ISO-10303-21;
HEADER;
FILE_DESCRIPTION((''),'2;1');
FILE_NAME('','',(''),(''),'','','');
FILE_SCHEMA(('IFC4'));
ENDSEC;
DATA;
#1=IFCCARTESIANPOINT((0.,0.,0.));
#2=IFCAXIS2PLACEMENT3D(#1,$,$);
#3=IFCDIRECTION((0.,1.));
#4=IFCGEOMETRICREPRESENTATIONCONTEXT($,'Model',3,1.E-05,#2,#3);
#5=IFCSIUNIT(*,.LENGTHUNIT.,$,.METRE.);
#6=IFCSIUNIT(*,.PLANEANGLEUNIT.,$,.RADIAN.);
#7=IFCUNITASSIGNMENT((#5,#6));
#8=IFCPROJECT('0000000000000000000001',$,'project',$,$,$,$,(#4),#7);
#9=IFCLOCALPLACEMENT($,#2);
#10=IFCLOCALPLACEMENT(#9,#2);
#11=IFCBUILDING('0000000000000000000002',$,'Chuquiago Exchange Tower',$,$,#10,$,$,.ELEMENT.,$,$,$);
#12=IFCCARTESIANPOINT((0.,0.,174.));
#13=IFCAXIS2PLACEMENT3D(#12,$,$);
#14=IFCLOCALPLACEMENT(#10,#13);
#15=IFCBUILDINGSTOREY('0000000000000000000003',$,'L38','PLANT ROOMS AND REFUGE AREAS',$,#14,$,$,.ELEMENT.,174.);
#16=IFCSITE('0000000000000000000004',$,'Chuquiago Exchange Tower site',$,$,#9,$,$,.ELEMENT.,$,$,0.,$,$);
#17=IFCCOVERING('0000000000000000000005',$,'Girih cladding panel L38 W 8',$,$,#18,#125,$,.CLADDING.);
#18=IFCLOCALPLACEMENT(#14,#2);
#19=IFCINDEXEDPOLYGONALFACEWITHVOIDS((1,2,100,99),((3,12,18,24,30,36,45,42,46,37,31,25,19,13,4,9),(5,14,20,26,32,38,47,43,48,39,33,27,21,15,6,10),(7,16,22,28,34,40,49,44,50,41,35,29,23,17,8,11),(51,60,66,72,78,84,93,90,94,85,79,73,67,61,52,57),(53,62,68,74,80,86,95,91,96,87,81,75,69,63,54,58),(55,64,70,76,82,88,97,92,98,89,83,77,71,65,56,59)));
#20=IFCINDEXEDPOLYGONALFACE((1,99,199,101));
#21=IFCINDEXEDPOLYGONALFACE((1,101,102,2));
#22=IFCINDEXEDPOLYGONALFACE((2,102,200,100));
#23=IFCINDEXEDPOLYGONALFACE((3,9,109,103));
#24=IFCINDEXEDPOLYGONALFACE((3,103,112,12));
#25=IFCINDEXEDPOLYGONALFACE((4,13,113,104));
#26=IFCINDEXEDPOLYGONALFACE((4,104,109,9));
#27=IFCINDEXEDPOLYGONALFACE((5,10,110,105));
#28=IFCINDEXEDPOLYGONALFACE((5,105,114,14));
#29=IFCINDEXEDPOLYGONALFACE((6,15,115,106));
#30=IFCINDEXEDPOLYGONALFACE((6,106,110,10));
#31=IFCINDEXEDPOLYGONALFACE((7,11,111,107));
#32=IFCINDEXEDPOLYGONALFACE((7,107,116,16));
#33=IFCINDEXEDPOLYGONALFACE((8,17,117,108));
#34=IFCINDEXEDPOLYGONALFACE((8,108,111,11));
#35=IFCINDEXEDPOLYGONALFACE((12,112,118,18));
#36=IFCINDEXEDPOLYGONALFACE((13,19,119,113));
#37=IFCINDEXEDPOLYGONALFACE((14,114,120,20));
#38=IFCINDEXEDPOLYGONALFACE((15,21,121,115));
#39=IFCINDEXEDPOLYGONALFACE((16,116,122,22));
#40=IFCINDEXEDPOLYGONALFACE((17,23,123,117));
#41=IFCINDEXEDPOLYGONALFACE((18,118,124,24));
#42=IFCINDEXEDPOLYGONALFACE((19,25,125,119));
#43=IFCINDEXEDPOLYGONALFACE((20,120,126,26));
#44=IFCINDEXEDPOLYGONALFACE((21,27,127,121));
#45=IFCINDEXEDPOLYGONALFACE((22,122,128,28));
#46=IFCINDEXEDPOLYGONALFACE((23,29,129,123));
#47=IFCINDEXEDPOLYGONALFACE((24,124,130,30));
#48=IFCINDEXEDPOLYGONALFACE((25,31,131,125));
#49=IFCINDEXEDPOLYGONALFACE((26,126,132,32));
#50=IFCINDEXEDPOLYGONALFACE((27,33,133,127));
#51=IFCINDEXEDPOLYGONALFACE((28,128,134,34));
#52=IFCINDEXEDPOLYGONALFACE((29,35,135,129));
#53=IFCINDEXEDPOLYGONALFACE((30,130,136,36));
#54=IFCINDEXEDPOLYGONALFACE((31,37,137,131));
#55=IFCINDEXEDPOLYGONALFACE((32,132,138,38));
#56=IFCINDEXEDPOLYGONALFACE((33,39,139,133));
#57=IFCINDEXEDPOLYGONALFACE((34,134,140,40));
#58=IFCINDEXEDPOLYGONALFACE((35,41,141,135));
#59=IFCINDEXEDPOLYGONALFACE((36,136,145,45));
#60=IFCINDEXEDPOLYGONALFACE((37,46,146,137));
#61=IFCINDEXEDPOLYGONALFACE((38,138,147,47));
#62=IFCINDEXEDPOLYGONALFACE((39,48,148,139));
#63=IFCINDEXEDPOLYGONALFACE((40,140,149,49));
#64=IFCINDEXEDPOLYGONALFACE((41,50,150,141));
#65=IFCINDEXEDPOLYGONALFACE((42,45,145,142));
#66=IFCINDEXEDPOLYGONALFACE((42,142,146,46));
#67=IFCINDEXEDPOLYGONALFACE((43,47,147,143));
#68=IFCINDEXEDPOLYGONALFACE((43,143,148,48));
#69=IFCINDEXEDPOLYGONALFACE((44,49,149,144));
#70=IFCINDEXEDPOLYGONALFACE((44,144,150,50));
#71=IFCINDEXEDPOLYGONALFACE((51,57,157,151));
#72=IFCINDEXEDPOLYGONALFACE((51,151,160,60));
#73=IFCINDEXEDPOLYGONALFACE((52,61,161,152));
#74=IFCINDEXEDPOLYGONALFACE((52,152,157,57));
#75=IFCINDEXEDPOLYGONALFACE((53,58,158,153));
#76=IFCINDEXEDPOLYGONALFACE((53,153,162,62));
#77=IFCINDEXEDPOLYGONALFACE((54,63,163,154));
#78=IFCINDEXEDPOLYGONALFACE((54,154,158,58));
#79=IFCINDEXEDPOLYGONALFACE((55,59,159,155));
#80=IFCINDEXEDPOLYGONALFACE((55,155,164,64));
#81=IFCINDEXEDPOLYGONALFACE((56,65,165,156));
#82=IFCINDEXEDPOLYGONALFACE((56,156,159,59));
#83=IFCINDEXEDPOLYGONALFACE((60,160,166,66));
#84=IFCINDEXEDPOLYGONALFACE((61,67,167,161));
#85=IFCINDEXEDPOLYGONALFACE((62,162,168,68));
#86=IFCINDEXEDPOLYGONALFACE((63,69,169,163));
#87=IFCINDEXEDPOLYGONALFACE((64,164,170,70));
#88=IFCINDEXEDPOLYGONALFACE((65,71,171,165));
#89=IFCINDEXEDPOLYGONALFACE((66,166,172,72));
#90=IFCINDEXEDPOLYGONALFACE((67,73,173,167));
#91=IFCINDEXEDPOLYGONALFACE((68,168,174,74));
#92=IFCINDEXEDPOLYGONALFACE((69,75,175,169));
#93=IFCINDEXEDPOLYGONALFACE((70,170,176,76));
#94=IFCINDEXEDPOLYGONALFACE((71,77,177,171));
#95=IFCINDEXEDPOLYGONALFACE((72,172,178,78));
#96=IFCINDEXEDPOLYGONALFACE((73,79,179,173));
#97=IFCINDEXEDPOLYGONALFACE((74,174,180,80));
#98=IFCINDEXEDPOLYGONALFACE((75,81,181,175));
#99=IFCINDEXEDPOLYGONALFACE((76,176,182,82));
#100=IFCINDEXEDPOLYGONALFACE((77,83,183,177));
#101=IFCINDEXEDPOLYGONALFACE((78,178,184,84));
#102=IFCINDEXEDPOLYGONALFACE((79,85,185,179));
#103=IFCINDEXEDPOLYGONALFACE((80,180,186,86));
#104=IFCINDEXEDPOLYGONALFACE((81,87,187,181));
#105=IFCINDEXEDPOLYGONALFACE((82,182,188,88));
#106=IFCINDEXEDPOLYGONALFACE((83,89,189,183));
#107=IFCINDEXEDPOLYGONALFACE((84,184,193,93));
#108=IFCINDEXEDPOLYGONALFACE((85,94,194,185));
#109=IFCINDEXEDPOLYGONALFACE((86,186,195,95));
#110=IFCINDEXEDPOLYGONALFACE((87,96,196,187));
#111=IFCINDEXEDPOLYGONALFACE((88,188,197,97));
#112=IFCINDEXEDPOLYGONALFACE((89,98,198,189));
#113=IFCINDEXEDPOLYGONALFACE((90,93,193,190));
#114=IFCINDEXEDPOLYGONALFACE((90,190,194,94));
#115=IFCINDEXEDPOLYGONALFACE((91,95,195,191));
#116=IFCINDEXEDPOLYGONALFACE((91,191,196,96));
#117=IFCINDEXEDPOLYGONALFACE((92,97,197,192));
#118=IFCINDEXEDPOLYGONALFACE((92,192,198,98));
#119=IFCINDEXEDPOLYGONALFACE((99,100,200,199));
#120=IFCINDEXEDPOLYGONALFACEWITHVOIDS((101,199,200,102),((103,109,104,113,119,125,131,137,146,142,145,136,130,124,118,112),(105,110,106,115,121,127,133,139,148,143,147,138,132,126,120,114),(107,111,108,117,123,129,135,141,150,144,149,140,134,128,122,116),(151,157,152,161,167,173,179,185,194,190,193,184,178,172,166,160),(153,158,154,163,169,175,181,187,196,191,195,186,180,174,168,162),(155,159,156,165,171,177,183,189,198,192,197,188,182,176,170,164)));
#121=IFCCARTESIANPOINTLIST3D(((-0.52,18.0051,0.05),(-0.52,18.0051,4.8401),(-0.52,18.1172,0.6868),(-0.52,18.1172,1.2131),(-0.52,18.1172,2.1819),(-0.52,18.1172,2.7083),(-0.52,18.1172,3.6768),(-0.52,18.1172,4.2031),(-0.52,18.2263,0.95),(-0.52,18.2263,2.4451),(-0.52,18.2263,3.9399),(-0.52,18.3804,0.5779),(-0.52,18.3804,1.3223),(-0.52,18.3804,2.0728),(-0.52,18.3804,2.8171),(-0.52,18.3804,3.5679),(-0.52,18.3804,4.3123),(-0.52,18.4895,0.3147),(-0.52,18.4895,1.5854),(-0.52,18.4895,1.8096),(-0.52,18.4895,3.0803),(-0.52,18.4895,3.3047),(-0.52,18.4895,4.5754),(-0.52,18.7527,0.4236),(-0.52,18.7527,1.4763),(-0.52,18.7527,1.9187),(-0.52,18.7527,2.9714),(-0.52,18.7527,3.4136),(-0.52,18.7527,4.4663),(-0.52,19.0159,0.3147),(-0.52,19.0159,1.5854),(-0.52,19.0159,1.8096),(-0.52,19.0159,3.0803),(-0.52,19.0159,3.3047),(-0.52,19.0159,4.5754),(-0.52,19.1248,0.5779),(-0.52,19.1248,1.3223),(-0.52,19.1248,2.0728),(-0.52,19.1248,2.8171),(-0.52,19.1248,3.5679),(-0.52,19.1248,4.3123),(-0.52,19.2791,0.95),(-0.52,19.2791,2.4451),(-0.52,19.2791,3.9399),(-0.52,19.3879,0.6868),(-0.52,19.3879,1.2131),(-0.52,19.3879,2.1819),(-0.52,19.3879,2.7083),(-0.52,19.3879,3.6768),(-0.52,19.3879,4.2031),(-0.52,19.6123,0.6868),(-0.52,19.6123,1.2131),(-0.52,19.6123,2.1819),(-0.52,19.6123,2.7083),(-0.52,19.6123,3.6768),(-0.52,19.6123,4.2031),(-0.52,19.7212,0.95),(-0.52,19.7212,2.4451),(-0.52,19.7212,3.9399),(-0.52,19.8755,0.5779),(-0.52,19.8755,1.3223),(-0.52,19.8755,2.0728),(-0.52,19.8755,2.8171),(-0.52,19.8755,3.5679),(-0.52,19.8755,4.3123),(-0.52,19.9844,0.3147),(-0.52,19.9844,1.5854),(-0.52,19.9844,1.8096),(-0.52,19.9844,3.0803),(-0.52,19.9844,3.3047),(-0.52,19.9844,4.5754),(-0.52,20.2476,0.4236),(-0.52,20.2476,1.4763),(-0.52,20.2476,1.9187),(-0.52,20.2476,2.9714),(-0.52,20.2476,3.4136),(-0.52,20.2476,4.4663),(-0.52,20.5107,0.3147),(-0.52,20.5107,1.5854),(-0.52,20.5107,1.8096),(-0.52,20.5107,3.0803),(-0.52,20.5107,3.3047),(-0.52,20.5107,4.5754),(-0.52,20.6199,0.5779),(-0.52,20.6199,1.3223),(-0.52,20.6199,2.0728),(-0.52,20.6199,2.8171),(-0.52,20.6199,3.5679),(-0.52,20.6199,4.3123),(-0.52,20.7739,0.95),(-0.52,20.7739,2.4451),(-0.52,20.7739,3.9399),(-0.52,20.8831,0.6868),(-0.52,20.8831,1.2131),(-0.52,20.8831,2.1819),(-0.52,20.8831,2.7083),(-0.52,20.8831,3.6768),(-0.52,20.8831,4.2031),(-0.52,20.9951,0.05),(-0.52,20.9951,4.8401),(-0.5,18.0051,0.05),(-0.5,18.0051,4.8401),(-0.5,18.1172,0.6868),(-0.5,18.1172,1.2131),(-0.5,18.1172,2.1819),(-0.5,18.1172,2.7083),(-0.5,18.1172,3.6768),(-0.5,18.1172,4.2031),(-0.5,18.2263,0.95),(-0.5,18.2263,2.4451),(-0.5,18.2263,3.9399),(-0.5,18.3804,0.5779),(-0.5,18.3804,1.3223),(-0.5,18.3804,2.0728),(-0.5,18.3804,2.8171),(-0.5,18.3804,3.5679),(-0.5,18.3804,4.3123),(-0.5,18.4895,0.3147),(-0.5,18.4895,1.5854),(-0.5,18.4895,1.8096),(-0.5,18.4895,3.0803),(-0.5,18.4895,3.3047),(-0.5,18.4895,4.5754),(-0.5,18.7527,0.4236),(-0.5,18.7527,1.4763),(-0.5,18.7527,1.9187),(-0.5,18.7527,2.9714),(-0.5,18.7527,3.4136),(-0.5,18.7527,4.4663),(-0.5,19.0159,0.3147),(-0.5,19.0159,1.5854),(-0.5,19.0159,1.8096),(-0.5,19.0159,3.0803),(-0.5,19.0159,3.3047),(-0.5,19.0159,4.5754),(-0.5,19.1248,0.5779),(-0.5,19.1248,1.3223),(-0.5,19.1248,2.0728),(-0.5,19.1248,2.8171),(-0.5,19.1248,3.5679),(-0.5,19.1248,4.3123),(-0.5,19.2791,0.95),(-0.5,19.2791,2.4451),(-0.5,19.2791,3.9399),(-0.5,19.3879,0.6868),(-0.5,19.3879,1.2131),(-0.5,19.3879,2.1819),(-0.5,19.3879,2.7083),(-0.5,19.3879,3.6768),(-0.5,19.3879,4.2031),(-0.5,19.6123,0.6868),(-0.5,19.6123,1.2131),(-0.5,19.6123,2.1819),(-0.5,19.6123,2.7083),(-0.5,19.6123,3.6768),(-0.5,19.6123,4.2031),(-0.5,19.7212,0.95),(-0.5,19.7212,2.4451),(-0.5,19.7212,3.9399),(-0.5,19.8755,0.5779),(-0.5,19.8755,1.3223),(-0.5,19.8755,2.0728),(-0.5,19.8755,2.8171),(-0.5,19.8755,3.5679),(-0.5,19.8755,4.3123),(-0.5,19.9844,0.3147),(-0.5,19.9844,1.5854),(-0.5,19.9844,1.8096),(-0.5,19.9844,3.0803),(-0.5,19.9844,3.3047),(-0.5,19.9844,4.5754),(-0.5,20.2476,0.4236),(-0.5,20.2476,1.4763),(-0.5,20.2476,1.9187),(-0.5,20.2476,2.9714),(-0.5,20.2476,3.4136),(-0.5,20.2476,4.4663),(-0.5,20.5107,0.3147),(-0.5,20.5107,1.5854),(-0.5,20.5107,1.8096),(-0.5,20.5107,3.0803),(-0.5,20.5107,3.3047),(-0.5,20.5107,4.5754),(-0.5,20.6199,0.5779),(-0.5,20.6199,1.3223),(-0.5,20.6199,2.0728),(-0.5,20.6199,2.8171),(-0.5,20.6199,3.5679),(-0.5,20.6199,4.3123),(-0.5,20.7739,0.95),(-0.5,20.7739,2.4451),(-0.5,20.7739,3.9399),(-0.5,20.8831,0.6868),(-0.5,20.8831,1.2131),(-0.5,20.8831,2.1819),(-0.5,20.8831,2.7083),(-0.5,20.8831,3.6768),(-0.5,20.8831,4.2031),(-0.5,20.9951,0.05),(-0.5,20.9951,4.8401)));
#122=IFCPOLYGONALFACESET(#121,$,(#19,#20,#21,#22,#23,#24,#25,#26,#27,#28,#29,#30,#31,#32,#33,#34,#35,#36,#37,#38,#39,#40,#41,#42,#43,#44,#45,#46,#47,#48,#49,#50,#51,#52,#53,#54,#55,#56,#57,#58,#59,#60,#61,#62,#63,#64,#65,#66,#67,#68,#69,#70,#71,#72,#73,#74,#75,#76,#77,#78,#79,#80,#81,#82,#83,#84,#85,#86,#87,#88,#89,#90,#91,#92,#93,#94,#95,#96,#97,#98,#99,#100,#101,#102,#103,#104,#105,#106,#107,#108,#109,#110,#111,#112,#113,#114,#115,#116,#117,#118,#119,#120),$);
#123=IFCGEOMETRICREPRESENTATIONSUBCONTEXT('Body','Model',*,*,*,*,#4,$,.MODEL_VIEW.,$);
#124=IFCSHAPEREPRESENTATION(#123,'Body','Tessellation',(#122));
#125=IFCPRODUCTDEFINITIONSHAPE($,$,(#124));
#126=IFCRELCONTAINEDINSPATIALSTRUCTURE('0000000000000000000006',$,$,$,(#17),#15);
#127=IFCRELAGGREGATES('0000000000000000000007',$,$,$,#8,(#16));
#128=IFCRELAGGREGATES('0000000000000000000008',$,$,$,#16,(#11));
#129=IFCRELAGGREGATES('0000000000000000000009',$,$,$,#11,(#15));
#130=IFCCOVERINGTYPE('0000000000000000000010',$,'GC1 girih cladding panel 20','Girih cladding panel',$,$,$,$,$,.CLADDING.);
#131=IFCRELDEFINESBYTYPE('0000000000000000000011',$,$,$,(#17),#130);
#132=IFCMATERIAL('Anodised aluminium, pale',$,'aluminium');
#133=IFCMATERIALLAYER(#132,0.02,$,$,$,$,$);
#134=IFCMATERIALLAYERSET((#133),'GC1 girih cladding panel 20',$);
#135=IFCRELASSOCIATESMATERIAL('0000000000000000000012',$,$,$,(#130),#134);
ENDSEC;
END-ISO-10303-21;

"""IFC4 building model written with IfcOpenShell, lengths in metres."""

from ifc_helpers import new_model, si_unit, direction, frame, origin, place, context, subcontext, project, spatial, polyline, outline, extrude, material, layer, layer_set, type_object, element, save


model = new_model("IFC4")

# Units and contexts
model_context = context("Model", 3, precision=1e-05, world=origin(), true_north=direction((0.0, 1.0)))
body_context = subcontext(model_context, "Body", "Model", "MODEL_VIEW")
ifc_project = project(units=[si_unit("LENGTHUNIT", "METRE"), si_unit("PLANEANGLEUNIT", "RADIAN")], contexts=[model_context])

# Site, building, storey
site_placement = place(None, origin())
site = spatial("IfcSite", under=ifc_project, at=site_placement, Name="Chuquiago Exchange Tower site", CompositionType="ELEMENT", RefElevation=0.0)
building_placement = place(site_placement, origin())
building = spatial("IfcBuilding", under=site, at=building_placement, Name="Chuquiago Exchange Tower", CompositionType="ELEMENT")
storey_placement = place(building_placement, frame((0.0, 0.0, 174.0)))
storey = spatial("IfcBuildingStorey", under=building, at=storey_placement, Name="L38", Description="PLANT ROOMS AND REFUGE AREAS", CompositionType="ELEMENT", Elevation=174.0)

# Covering
ifc_material_1 = material(Name="Anodised aluminium, pale", Category="aluminium")
ifc_layer_1 = layer(ifc_material_1, 0.02)
ifc_layer_set_1 = layer_set([ifc_layer_1], Name="GC1 girih cladding panel 20")
covering_type_1 = type_object("IfcCoveringType", Name="GC1 girih cladding panel 20", Description="Girih cladding panel", PredefinedType="CLADDING", material=ifc_layer_set_1)
covering_1_placement = place(storey_placement, frame((-0.5, 20.9951, 0.05), z_axis=(0.0, 0.0, 1.0), x_axis=(0.0, -1.0, 0.0)))
element("IfcCovering", 1, at=covering_1_placement, inside=storey, type_object=covering_type_1, Name="Girih cladding panel L38 W 8", PredefinedType="CLADDING", context=body_context, shape_type="SweptSolid", body=[
    extrude(outline(polyline([(0.0, 0.0), (2.99, 0.0), (2.99, 4.79), (0.0, 4.79), (0.0, 0.0)]), holes=[polyline([(1.2739, 0.8999), (1.3828, 1.1631), (1.1196, 1.2722), (1.0107, 1.5354), (0.7476, 1.4263), (0.4844, 1.5354), (0.3752, 1.2722), (0.1121, 1.1631), (0.2212, 0.8999), (0.1121, 0.6367), (0.3752, 0.5278), (0.4844, 0.2646), (0.7476, 0.3735), (1.0107, 0.2646), (1.1196, 0.5278), (1.3828, 0.6367), (1.2739, 0.8999)]), polyline([(2.7688, 0.8999), (2.8779, 1.1631), (2.6147, 1.2722), (2.5056, 1.5354), (2.2424, 1.4263), (1.9792, 1.5354), (1.8704, 1.2722), (1.6072, 1.1631), (1.7161, 0.8999), (1.6072, 0.6367), (1.8704, 0.5278), (1.9792, 0.2646), (2.2424, 0.3735), (2.5056, 0.2646), (2.6147, 0.5278), (2.8779, 0.6367), (2.7688, 0.8999)]), polyline([(1.2739, 2.395), (1.3828, 2.6582), (1.1196, 2.7671), (1.0107, 3.0303), (0.7476, 2.9214), (0.4844, 3.0303), (0.3752, 2.7671), (0.1121, 2.6582), (0.2212, 2.395), (0.1121, 2.1318), (0.3752, 2.0227), (0.4844, 1.7595), (0.7476, 1.8687), (1.0107, 1.7595), (1.1196, 2.0227), (1.3828, 2.1318), (1.2739, 2.395)]), polyline([(2.7688, 2.395), (2.8779, 2.6582), (2.6147, 2.7671), (2.5056, 3.0303), (2.2424, 2.9214), (1.9792, 3.0303), (1.8704, 2.7671), (1.6072, 2.6582), (1.7161, 2.395), (1.6072, 2.1318), (1.8704, 2.0227), (1.9792, 1.7595), (2.2424, 1.8687), (2.5056, 1.7595), (2.6147, 2.0227), (2.8779, 2.1318), (2.7688, 2.395)]), polyline([(1.2739, 3.8899), (1.3828, 4.1531), (1.1196, 4.2622), (1.0107, 4.5254), (0.7476, 4.4163), (0.4844, 4.5254), (0.3752, 4.2622), (0.1121, 4.1531), (0.2212, 3.8899), (0.1121, 3.6267), (0.3752, 3.5178), (0.4844, 3.2546), (0.7476, 3.3635), (1.0107, 3.2546), (1.1196, 3.5178), (1.3828, 3.6267), (1.2739, 3.8899)]), polyline([(2.7688, 3.8899), (2.8779, 4.1531), (2.6147, 4.2622), (2.5056, 4.5254), (2.2424, 4.4163), (1.9792, 4.5254), (1.8704, 4.2622), (1.6072, 4.1531), (1.7161, 3.8899), (1.6072, 3.6267), (1.8704, 3.5178), (1.9792, 3.2546), (2.2424, 3.3635), (2.5056, 3.2546), (2.6147, 3.5178), (2.8779, 3.6267), (2.7688, 3.8899)])]), frame((0.0, 0.0, 0.0), z_axis=(0.0, -1.0, 0.0), x_axis=(1.0, 0.0, 0.0)), (0.0, 0.0, 1.0), 0.02),
])

save(model, "model.ifc")
